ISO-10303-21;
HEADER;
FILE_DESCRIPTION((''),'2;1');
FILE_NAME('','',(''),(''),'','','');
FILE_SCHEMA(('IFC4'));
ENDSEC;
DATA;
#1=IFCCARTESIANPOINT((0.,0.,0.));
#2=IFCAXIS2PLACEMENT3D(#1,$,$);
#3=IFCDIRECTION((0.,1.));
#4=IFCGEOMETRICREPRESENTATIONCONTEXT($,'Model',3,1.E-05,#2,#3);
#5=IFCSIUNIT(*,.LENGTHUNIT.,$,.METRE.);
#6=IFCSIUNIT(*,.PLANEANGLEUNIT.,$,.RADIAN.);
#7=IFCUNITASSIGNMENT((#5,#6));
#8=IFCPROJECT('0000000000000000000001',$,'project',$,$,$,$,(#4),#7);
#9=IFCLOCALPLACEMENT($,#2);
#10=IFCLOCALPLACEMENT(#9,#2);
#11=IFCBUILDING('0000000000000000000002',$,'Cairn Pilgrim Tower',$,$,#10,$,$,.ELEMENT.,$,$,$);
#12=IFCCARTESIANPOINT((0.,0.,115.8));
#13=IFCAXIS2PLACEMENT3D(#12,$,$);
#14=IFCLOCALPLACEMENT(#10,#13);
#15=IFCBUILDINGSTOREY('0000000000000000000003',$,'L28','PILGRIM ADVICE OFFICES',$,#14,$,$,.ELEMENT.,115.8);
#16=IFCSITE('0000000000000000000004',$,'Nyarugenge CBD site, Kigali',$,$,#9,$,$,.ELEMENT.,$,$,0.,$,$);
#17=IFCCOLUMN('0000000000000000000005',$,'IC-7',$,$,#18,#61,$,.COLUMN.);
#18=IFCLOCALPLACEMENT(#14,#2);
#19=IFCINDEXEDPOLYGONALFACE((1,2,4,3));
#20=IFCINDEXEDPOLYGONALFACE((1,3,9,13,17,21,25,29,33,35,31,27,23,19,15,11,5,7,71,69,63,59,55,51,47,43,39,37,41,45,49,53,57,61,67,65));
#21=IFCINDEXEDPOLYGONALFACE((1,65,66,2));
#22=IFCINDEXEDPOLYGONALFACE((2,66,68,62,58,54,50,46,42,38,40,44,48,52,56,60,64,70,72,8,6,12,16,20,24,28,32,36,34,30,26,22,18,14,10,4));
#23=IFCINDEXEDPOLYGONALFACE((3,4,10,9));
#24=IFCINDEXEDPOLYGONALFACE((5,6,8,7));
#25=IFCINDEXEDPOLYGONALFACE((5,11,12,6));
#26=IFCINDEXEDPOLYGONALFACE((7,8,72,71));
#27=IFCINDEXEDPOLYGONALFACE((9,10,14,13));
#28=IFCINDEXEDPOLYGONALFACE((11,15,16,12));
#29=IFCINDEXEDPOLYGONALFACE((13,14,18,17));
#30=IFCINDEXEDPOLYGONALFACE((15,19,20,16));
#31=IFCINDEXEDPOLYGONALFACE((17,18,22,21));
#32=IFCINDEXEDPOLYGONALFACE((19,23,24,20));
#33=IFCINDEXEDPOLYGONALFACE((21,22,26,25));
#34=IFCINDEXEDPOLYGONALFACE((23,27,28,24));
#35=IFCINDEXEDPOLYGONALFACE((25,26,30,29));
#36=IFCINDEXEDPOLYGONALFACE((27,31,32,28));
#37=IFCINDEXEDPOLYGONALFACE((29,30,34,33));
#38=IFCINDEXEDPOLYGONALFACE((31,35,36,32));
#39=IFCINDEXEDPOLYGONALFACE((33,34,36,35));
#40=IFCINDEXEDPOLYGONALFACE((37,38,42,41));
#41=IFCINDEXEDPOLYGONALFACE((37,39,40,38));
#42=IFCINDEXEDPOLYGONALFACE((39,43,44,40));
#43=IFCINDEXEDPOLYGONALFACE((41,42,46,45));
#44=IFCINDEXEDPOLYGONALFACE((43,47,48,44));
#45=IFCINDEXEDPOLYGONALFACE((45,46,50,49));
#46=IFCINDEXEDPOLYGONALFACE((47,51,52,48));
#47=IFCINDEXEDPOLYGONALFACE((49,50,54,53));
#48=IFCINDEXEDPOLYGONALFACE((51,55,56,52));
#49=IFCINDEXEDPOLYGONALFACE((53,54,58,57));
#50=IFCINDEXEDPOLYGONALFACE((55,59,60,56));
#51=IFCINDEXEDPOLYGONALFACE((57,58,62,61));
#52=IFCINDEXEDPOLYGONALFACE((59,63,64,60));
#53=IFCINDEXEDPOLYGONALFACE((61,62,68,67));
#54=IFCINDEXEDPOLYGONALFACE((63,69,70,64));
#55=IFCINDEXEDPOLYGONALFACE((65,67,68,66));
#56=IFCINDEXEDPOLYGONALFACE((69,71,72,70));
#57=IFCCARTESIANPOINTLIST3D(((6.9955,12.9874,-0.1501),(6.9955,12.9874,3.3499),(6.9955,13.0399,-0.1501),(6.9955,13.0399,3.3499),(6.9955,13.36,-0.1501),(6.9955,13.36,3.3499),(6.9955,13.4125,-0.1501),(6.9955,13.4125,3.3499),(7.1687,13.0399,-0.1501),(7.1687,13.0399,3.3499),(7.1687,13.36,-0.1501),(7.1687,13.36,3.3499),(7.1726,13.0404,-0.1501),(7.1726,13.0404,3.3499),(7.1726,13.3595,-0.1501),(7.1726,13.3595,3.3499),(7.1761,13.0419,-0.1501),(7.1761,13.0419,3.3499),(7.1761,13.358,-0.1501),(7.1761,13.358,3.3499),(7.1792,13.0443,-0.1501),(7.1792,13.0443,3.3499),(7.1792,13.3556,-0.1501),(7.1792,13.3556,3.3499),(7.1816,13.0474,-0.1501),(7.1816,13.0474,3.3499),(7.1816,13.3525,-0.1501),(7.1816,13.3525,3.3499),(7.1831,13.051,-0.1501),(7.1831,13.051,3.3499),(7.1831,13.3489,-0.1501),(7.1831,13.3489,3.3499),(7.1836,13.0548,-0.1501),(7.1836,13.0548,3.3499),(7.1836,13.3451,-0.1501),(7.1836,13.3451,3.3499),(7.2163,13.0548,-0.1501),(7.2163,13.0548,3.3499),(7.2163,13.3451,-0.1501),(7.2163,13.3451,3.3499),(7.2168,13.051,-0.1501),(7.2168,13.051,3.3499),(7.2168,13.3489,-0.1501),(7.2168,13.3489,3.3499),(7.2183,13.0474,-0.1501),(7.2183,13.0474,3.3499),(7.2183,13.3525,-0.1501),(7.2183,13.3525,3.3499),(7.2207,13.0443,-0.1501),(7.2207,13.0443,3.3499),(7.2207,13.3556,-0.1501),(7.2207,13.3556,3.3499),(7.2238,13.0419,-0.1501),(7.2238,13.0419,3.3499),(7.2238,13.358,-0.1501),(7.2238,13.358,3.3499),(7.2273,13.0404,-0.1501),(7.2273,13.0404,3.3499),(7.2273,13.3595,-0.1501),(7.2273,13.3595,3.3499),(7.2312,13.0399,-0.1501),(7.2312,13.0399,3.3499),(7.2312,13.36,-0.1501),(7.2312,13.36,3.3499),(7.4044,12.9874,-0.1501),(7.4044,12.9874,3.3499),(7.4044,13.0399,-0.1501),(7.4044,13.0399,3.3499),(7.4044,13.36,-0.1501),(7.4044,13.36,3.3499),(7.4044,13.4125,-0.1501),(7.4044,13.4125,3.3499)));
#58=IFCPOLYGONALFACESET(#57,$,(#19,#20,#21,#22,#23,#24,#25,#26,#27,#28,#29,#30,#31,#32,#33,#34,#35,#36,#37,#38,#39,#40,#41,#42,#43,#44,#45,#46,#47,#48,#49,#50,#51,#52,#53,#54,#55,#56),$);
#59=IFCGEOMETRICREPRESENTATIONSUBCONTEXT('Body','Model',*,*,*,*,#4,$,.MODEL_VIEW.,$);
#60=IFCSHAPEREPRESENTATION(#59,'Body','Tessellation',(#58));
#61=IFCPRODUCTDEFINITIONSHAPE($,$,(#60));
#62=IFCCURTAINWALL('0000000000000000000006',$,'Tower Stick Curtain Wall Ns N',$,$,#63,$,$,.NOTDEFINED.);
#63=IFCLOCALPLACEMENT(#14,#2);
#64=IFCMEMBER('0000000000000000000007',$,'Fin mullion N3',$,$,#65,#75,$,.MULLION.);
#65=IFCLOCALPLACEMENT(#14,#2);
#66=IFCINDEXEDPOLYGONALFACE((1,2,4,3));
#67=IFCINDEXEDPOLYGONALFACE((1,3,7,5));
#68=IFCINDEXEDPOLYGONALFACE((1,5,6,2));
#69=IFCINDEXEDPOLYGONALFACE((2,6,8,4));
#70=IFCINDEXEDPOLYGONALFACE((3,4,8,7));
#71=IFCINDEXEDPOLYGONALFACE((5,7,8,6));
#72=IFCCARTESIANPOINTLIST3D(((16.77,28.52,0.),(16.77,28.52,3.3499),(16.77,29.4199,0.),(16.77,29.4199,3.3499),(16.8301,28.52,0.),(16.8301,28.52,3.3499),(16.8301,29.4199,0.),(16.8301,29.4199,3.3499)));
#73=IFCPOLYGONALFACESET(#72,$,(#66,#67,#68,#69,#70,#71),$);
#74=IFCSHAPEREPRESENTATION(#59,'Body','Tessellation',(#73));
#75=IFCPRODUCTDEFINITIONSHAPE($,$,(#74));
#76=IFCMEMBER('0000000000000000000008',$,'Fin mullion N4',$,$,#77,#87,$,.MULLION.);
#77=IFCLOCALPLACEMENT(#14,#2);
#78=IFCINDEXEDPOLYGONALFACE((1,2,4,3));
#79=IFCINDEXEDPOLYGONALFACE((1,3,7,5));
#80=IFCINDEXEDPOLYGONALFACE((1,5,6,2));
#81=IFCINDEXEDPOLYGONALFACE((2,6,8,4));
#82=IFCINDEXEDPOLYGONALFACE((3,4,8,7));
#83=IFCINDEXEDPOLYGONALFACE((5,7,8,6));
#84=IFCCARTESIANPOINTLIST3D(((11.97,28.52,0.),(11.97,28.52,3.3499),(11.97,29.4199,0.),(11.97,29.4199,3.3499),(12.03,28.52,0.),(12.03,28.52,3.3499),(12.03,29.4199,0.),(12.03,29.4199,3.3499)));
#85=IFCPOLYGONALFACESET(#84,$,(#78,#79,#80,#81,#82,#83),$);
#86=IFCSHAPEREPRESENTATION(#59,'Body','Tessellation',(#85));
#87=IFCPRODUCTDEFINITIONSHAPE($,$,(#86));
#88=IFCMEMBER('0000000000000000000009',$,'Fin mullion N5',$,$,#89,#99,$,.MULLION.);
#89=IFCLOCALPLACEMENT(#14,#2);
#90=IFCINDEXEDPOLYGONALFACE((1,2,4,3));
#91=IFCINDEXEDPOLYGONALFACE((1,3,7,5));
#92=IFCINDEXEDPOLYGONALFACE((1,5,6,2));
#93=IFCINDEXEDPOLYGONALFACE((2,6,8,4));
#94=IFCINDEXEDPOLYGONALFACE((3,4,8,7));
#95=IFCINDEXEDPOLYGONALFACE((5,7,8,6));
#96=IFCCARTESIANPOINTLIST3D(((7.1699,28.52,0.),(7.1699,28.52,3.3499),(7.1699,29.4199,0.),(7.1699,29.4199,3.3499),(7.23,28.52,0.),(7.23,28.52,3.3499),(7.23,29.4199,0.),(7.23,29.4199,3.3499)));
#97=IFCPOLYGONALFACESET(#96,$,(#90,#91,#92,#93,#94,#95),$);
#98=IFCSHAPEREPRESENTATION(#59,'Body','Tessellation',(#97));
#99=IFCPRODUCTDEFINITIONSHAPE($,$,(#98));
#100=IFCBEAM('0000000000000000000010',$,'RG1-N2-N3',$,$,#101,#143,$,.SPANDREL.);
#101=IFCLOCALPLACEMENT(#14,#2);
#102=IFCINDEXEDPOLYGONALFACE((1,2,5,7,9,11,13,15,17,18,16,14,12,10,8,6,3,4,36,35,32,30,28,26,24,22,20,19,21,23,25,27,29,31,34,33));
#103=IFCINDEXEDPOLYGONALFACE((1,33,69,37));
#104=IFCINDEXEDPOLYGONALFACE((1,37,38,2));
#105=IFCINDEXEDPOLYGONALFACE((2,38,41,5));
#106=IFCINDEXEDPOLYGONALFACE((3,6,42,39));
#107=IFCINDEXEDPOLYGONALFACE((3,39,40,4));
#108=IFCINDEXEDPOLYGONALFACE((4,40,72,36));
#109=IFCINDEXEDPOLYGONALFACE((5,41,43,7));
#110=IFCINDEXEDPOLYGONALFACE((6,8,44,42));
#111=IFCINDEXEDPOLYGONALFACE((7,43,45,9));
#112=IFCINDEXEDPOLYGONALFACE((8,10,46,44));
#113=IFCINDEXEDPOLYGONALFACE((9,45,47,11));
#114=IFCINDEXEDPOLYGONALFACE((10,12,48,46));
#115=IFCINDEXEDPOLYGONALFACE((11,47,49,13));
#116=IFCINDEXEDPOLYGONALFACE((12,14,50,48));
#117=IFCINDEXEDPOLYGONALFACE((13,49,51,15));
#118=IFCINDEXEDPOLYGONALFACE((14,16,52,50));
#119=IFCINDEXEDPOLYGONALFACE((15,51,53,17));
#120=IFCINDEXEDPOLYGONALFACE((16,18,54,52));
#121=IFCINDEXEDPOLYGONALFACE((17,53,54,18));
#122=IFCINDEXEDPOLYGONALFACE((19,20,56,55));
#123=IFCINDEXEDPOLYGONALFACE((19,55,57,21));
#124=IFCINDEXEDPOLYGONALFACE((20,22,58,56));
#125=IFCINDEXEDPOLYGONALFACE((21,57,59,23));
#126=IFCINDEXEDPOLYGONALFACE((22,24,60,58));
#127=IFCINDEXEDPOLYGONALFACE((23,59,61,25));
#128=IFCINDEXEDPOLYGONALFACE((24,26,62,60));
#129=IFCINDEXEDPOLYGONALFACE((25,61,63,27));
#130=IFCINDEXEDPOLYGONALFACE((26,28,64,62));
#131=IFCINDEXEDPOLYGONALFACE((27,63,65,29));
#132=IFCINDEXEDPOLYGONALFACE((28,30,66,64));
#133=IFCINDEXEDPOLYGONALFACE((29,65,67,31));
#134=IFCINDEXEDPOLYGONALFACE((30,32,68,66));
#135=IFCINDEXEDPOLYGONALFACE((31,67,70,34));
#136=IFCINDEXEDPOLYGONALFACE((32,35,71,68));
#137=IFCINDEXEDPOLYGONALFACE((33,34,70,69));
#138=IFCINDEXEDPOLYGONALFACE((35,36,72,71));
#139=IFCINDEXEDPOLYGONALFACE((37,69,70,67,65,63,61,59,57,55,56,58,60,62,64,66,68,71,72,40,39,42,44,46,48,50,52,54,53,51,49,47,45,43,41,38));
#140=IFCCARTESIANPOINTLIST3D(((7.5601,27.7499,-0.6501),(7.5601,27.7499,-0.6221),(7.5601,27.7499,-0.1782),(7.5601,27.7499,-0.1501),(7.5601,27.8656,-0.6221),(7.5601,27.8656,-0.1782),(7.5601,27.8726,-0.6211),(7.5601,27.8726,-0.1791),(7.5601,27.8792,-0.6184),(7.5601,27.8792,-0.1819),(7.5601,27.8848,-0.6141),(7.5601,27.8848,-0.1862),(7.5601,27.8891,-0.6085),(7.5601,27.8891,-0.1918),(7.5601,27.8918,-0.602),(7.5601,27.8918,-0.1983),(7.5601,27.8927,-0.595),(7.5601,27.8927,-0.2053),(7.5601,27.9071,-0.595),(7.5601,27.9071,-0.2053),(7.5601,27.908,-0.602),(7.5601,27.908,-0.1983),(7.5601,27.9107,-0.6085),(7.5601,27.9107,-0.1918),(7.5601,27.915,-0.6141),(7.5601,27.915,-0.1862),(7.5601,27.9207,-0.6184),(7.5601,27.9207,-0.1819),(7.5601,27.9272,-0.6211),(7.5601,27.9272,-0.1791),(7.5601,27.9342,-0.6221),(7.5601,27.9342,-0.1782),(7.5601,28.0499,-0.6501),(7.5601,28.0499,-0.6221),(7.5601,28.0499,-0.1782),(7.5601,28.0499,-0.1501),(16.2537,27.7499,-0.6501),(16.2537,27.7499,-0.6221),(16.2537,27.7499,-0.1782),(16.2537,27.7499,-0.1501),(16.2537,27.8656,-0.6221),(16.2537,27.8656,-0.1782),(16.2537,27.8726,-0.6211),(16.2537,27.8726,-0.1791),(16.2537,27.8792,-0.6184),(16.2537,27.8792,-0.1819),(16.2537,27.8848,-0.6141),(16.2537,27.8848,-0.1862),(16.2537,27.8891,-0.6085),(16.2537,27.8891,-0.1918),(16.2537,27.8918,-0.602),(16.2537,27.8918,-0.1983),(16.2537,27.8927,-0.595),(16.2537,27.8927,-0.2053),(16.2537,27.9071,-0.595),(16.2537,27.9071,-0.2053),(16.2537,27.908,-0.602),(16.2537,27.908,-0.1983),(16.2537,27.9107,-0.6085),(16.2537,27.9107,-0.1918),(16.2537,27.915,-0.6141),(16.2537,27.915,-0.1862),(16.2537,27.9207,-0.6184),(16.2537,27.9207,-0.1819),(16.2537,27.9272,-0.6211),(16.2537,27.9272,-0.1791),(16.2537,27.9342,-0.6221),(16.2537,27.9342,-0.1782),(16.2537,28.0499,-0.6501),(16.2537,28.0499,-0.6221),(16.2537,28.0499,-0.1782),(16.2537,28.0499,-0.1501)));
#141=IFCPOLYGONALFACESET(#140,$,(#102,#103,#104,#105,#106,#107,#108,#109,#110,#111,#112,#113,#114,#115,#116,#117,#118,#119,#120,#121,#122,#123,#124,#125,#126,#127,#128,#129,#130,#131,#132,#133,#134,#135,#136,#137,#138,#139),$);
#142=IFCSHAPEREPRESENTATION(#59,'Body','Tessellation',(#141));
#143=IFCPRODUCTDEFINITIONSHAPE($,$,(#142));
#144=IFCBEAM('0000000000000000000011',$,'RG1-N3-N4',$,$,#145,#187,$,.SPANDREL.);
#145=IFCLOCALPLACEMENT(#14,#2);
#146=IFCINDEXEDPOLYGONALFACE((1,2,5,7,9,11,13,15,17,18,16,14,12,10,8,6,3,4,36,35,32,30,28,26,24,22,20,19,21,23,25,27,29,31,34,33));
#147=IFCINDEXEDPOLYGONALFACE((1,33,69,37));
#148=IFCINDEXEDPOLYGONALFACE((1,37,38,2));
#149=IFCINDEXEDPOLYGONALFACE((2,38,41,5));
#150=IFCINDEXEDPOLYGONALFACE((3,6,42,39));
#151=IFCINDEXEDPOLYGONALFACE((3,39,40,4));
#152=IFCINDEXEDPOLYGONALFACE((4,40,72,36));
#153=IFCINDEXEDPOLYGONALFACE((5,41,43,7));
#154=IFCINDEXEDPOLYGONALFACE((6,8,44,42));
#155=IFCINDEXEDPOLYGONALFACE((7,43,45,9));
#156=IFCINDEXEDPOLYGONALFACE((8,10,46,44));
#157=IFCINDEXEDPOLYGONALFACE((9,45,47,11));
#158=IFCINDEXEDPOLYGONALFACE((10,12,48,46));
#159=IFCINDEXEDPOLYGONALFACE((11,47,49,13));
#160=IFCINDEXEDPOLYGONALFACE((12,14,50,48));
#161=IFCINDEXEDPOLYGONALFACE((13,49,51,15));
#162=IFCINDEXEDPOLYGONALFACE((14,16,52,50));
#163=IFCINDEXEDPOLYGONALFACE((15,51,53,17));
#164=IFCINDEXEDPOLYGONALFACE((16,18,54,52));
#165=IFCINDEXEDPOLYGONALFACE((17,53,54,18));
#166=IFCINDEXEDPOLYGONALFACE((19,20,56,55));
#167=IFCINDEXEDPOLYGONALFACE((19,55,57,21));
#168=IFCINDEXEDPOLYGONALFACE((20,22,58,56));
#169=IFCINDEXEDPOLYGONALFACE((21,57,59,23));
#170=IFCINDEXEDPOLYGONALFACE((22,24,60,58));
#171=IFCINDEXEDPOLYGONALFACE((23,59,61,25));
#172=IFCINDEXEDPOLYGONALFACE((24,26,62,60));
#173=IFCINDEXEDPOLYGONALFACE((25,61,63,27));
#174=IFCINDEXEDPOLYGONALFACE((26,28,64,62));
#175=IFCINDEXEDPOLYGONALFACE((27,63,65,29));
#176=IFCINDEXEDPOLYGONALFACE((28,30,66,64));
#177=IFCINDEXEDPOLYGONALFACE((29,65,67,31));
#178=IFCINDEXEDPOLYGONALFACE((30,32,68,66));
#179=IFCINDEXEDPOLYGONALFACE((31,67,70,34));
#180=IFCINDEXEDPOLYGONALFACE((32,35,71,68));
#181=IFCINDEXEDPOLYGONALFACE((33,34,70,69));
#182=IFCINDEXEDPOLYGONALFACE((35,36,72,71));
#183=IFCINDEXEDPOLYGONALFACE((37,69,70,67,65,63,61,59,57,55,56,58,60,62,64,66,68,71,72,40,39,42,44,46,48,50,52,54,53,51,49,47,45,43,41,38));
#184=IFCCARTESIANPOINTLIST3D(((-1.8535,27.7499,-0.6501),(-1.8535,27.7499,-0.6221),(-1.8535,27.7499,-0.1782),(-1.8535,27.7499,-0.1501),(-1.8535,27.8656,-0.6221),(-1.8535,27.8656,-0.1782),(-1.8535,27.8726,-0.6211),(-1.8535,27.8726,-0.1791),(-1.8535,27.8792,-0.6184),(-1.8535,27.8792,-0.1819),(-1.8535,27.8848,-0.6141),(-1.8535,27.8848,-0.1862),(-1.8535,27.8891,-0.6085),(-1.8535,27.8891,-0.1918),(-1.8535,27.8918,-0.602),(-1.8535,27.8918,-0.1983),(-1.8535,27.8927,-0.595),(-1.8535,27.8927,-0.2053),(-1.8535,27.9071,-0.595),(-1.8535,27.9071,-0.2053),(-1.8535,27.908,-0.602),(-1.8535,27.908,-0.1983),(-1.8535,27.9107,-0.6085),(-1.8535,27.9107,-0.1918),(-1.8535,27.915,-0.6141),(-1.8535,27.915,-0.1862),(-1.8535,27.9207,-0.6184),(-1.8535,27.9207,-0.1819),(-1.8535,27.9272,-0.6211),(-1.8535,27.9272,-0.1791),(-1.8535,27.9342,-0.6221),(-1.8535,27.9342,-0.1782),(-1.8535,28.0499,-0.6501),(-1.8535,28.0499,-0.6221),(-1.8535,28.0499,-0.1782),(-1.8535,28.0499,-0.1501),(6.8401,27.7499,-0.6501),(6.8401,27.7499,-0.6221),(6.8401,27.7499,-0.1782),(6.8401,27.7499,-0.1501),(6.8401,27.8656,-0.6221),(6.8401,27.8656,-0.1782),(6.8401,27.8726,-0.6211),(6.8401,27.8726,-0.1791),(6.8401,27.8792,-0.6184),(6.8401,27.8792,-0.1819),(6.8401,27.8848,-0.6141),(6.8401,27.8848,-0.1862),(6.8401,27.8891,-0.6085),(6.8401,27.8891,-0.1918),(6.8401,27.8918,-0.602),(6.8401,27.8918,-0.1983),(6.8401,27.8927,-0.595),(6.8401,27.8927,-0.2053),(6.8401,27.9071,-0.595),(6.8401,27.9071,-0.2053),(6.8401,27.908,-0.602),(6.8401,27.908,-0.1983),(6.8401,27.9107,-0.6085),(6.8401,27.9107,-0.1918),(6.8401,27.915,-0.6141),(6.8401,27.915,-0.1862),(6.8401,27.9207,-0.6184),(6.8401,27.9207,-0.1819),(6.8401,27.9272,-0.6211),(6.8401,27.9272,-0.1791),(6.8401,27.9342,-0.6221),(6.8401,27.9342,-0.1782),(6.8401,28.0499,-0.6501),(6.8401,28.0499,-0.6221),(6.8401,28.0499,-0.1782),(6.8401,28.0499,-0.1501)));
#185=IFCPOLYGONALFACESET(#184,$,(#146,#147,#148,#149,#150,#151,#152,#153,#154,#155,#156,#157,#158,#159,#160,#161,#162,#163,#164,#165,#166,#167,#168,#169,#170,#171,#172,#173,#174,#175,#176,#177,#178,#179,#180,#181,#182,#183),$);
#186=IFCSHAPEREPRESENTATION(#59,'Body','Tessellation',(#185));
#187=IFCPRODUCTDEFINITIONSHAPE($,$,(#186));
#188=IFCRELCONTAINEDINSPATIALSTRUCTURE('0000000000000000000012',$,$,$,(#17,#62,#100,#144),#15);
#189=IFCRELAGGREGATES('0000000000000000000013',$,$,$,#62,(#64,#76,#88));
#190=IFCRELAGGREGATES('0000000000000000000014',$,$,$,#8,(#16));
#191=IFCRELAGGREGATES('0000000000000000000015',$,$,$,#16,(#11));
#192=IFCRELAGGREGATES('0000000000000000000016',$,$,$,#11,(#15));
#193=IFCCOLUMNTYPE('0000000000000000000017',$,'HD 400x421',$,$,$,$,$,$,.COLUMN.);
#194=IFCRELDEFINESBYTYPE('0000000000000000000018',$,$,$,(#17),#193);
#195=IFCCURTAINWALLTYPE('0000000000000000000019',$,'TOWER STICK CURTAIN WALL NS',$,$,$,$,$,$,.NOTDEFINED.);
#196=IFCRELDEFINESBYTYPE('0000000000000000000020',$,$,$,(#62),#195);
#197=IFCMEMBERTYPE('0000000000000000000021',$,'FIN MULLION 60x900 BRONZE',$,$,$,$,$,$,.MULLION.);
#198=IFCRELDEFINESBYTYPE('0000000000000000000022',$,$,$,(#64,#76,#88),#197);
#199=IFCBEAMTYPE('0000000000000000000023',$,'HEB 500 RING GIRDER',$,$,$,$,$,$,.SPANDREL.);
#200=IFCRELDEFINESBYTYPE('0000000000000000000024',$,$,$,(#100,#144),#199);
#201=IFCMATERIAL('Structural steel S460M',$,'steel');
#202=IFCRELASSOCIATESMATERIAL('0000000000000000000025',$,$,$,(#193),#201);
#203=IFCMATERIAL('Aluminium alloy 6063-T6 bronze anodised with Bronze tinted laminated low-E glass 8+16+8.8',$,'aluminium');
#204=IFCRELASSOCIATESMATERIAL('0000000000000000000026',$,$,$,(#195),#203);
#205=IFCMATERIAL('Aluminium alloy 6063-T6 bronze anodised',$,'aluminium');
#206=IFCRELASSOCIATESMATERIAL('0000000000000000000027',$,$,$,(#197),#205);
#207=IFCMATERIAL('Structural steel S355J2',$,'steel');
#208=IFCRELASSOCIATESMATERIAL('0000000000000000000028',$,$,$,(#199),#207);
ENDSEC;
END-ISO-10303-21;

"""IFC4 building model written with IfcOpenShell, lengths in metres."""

from ifc_helpers import new_model, si_unit, direction, frame, origin, origin_2d, place, context, subcontext, project, spatial, rectangle, i_section, extrude, material, material_profile, profile_set, type_object, element, aggregate, save


model = new_model("IFC4")

# Units and contexts
model_context = context("Model", 3, precision=1e-05, world=origin(), true_north=direction((0.0, 1.0)))
body_context = subcontext(model_context, "Body", "Model", "MODEL_VIEW")
ifc_project = project(units=[si_unit("LENGTHUNIT", "METRE"), si_unit("PLANEANGLEUNIT", "RADIAN")], contexts=[model_context])

# Site, building, storey
site_placement = place(None, origin())
site = spatial("IfcSite", under=ifc_project, at=site_placement, Name="Nyarugenge CBD site, Kigali", CompositionType="ELEMENT", RefElevation=0.0)
building_placement = place(site_placement, origin())
building = spatial("IfcBuilding", under=site, at=building_placement, Name="Cairn Pilgrim Tower", CompositionType="ELEMENT")
storey_placement = place(building_placement, frame((0.0, 0.0, 115.8)))
storey = spatial("IfcBuildingStorey", under=building, at=storey_placement, Name="L28", Description="PILGRIM ADVICE OFFICES", CompositionType="ELEMENT", Elevation=115.8)

# Column
ifc_material_1 = material(Name="Structural steel S460M", Category="steel")
ifc_material_profile_1 = material_profile(ifc_material_1, i_section(OverallWidth=0.4089, OverallDepth=0.425, WebThickness=0.0327, FlangeThickness=0.0525, FilletRadius=0.0149, at=origin_2d()), Name="HD 400x421")
ifc_profile_set_1 = profile_set([ifc_material_profile_1], Name="Structural steel S460M")
column_type_1 = type_object("IfcColumnType", Name="HD 400x421", PredefinedType="COLUMN", material=ifc_profile_set_1)
column_1_placement = place(storey_placement, frame((7.2, 13.2, -0.1501), z_axis=(0.0, 0.0, 1.0), x_axis=(1.0, 0.0, 0.0)))
element("IfcColumn", 1, at=column_1_placement, inside=storey, type_object=column_type_1, Name="IC-7", PredefinedType="COLUMN", context=body_context, shape_type="SweptSolid", body=[
    extrude(i_section(OverallWidth=0.4089, OverallDepth=0.425, WebThickness=0.0327, FlangeThickness=0.0525, FilletRadius=0.0149, at=origin_2d()), origin(), (0.0, 0.0, 1.0), 3.5),
])

# Curtain wall, members
ifc_material_2 = material(Name="Aluminium alloy 6063-T6 bronze anodised with Bronze tinted laminated low-E glass 8+16+8.8", Category="aluminium")
curtain_wall_type = type_object("IfcCurtainWallType", Name="TOWER STICK CURTAIN WALL NS", PredefinedType="NOTDEFINED", material=ifc_material_2)
curtain_wall_placement = place(storey_placement, origin())
curtain_wall = element("IfcCurtainWall", 2, at=curtain_wall_placement, inside=storey, type_object=curtain_wall_type, Name="Tower Stick Curtain Wall Ns N", PredefinedType="NOTDEFINED")
ifc_material_3 = material(Name="Aluminium alloy 6063-T6 bronze anodised", Category="aluminium")
ifc_material_profile_2 = material_profile(ifc_material_3, rectangle(XDim=0.8999, YDim=0.0601, at=origin_2d()), Name="FIN MULLION 60x900 BRONZE")
ifc_profile_set_2 = profile_set([ifc_material_profile_2], Name="Aluminium alloy 6063-T6 bronze anodised")
member_type_1 = type_object("IfcMemberType", Name="FIN MULLION 60x900 BRONZE", PredefinedType="MULLION", material=ifc_profile_set_2)
member_1_placement = place(storey_placement, frame((16.8, 28.97, 0.0), z_axis=(0.0, 0.0, 1.0), x_axis=(0.0, 1.0, 0.0)))
member_1 = element("IfcMember", 3, at=member_1_placement, type_object=member_type_1, Name="Fin mullion N3", PredefinedType="MULLION", context=body_context, shape_type="SweptSolid", body=[
    extrude(rectangle(XDim=0.8999, YDim=0.0601, at=origin_2d()), origin(), (0.0, 0.0, 1.0), 3.3499),
])
member_2_placement = place(storey_placement, frame((12.0, 28.97, 0.0), z_axis=(0.0, 0.0, 1.0), x_axis=(0.0, 1.0, 0.0)))
member_2 = element("IfcMember", 4, at=member_2_placement, type_object=member_type_1, Name="Fin mullion N4", PredefinedType="MULLION", context=body_context, shape_type="SweptSolid", body=[
    extrude(rectangle(XDim=0.8999, YDim=0.0601, at=origin_2d()), origin(), (0.0, 0.0, 1.0), 3.3499),
])
member_3_placement = place(storey_placement, frame((7.2, 28.97, 0.0), z_axis=(0.0, 0.0, 1.0), x_axis=(0.0, 1.0, 0.0)))
member_3 = element("IfcMember", 5, at=member_3_placement, type_object=member_type_1, Name="Fin mullion N5", PredefinedType="MULLION", context=body_context, shape_type="SweptSolid", body=[
    extrude(rectangle(XDim=0.8999, YDim=0.0601, at=origin_2d()), origin(), (0.0, 0.0, 1.0), 3.3499),
])

# Beams
ifc_material_4 = material(Name="Structural steel S355J2", Category="steel")
ifc_material_profile_3 = material_profile(ifc_material_4, i_section(OverallWidth=0.3, OverallDepth=0.5, WebThickness=0.0144, FlangeThickness=0.0281, FilletRadius=0.0271, at=origin_2d()), Name="HEB 500")
ifc_profile_set_3 = profile_set([ifc_material_profile_3], Name="Structural steel S355J2")
beam_type_1 = type_object("IfcBeamType", Name="HEB 500 RING GIRDER", PredefinedType="SPANDREL", material=ifc_profile_set_3)
for number, where, z_axis, x_axis, name in (
    (6, (16.2537, 27.8999, -0.4001), (-1.0, 0.0, 0.0), (0.0, -1.0, 0.0), "RG1-N2-N3"),
    (7, (6.8401, 27.8999, -0.4001), (-1.0, 0.0, 0.0), (0.0, -1.0, 0.0), "RG1-N3-N4"),
):
    element("IfcBeam", number, at=place(storey_placement, frame(where, z_axis=z_axis, x_axis=x_axis)), inside=storey, type_object=beam_type_1, Name=name, PredefinedType="SPANDREL", context=body_context, shape_type="SweptSolid", body=[
        extrude(i_section(OverallWidth=0.3, OverallDepth=0.5, WebThickness=0.0144, FlangeThickness=0.0281, FilletRadius=0.0271, at=origin_2d()), origin(), (0.0, 0.0, 1.0), 8.6936),
    ])

aggregate(curtain_wall, [member_1, member_2, member_3])

save(model, "model.ifc")
